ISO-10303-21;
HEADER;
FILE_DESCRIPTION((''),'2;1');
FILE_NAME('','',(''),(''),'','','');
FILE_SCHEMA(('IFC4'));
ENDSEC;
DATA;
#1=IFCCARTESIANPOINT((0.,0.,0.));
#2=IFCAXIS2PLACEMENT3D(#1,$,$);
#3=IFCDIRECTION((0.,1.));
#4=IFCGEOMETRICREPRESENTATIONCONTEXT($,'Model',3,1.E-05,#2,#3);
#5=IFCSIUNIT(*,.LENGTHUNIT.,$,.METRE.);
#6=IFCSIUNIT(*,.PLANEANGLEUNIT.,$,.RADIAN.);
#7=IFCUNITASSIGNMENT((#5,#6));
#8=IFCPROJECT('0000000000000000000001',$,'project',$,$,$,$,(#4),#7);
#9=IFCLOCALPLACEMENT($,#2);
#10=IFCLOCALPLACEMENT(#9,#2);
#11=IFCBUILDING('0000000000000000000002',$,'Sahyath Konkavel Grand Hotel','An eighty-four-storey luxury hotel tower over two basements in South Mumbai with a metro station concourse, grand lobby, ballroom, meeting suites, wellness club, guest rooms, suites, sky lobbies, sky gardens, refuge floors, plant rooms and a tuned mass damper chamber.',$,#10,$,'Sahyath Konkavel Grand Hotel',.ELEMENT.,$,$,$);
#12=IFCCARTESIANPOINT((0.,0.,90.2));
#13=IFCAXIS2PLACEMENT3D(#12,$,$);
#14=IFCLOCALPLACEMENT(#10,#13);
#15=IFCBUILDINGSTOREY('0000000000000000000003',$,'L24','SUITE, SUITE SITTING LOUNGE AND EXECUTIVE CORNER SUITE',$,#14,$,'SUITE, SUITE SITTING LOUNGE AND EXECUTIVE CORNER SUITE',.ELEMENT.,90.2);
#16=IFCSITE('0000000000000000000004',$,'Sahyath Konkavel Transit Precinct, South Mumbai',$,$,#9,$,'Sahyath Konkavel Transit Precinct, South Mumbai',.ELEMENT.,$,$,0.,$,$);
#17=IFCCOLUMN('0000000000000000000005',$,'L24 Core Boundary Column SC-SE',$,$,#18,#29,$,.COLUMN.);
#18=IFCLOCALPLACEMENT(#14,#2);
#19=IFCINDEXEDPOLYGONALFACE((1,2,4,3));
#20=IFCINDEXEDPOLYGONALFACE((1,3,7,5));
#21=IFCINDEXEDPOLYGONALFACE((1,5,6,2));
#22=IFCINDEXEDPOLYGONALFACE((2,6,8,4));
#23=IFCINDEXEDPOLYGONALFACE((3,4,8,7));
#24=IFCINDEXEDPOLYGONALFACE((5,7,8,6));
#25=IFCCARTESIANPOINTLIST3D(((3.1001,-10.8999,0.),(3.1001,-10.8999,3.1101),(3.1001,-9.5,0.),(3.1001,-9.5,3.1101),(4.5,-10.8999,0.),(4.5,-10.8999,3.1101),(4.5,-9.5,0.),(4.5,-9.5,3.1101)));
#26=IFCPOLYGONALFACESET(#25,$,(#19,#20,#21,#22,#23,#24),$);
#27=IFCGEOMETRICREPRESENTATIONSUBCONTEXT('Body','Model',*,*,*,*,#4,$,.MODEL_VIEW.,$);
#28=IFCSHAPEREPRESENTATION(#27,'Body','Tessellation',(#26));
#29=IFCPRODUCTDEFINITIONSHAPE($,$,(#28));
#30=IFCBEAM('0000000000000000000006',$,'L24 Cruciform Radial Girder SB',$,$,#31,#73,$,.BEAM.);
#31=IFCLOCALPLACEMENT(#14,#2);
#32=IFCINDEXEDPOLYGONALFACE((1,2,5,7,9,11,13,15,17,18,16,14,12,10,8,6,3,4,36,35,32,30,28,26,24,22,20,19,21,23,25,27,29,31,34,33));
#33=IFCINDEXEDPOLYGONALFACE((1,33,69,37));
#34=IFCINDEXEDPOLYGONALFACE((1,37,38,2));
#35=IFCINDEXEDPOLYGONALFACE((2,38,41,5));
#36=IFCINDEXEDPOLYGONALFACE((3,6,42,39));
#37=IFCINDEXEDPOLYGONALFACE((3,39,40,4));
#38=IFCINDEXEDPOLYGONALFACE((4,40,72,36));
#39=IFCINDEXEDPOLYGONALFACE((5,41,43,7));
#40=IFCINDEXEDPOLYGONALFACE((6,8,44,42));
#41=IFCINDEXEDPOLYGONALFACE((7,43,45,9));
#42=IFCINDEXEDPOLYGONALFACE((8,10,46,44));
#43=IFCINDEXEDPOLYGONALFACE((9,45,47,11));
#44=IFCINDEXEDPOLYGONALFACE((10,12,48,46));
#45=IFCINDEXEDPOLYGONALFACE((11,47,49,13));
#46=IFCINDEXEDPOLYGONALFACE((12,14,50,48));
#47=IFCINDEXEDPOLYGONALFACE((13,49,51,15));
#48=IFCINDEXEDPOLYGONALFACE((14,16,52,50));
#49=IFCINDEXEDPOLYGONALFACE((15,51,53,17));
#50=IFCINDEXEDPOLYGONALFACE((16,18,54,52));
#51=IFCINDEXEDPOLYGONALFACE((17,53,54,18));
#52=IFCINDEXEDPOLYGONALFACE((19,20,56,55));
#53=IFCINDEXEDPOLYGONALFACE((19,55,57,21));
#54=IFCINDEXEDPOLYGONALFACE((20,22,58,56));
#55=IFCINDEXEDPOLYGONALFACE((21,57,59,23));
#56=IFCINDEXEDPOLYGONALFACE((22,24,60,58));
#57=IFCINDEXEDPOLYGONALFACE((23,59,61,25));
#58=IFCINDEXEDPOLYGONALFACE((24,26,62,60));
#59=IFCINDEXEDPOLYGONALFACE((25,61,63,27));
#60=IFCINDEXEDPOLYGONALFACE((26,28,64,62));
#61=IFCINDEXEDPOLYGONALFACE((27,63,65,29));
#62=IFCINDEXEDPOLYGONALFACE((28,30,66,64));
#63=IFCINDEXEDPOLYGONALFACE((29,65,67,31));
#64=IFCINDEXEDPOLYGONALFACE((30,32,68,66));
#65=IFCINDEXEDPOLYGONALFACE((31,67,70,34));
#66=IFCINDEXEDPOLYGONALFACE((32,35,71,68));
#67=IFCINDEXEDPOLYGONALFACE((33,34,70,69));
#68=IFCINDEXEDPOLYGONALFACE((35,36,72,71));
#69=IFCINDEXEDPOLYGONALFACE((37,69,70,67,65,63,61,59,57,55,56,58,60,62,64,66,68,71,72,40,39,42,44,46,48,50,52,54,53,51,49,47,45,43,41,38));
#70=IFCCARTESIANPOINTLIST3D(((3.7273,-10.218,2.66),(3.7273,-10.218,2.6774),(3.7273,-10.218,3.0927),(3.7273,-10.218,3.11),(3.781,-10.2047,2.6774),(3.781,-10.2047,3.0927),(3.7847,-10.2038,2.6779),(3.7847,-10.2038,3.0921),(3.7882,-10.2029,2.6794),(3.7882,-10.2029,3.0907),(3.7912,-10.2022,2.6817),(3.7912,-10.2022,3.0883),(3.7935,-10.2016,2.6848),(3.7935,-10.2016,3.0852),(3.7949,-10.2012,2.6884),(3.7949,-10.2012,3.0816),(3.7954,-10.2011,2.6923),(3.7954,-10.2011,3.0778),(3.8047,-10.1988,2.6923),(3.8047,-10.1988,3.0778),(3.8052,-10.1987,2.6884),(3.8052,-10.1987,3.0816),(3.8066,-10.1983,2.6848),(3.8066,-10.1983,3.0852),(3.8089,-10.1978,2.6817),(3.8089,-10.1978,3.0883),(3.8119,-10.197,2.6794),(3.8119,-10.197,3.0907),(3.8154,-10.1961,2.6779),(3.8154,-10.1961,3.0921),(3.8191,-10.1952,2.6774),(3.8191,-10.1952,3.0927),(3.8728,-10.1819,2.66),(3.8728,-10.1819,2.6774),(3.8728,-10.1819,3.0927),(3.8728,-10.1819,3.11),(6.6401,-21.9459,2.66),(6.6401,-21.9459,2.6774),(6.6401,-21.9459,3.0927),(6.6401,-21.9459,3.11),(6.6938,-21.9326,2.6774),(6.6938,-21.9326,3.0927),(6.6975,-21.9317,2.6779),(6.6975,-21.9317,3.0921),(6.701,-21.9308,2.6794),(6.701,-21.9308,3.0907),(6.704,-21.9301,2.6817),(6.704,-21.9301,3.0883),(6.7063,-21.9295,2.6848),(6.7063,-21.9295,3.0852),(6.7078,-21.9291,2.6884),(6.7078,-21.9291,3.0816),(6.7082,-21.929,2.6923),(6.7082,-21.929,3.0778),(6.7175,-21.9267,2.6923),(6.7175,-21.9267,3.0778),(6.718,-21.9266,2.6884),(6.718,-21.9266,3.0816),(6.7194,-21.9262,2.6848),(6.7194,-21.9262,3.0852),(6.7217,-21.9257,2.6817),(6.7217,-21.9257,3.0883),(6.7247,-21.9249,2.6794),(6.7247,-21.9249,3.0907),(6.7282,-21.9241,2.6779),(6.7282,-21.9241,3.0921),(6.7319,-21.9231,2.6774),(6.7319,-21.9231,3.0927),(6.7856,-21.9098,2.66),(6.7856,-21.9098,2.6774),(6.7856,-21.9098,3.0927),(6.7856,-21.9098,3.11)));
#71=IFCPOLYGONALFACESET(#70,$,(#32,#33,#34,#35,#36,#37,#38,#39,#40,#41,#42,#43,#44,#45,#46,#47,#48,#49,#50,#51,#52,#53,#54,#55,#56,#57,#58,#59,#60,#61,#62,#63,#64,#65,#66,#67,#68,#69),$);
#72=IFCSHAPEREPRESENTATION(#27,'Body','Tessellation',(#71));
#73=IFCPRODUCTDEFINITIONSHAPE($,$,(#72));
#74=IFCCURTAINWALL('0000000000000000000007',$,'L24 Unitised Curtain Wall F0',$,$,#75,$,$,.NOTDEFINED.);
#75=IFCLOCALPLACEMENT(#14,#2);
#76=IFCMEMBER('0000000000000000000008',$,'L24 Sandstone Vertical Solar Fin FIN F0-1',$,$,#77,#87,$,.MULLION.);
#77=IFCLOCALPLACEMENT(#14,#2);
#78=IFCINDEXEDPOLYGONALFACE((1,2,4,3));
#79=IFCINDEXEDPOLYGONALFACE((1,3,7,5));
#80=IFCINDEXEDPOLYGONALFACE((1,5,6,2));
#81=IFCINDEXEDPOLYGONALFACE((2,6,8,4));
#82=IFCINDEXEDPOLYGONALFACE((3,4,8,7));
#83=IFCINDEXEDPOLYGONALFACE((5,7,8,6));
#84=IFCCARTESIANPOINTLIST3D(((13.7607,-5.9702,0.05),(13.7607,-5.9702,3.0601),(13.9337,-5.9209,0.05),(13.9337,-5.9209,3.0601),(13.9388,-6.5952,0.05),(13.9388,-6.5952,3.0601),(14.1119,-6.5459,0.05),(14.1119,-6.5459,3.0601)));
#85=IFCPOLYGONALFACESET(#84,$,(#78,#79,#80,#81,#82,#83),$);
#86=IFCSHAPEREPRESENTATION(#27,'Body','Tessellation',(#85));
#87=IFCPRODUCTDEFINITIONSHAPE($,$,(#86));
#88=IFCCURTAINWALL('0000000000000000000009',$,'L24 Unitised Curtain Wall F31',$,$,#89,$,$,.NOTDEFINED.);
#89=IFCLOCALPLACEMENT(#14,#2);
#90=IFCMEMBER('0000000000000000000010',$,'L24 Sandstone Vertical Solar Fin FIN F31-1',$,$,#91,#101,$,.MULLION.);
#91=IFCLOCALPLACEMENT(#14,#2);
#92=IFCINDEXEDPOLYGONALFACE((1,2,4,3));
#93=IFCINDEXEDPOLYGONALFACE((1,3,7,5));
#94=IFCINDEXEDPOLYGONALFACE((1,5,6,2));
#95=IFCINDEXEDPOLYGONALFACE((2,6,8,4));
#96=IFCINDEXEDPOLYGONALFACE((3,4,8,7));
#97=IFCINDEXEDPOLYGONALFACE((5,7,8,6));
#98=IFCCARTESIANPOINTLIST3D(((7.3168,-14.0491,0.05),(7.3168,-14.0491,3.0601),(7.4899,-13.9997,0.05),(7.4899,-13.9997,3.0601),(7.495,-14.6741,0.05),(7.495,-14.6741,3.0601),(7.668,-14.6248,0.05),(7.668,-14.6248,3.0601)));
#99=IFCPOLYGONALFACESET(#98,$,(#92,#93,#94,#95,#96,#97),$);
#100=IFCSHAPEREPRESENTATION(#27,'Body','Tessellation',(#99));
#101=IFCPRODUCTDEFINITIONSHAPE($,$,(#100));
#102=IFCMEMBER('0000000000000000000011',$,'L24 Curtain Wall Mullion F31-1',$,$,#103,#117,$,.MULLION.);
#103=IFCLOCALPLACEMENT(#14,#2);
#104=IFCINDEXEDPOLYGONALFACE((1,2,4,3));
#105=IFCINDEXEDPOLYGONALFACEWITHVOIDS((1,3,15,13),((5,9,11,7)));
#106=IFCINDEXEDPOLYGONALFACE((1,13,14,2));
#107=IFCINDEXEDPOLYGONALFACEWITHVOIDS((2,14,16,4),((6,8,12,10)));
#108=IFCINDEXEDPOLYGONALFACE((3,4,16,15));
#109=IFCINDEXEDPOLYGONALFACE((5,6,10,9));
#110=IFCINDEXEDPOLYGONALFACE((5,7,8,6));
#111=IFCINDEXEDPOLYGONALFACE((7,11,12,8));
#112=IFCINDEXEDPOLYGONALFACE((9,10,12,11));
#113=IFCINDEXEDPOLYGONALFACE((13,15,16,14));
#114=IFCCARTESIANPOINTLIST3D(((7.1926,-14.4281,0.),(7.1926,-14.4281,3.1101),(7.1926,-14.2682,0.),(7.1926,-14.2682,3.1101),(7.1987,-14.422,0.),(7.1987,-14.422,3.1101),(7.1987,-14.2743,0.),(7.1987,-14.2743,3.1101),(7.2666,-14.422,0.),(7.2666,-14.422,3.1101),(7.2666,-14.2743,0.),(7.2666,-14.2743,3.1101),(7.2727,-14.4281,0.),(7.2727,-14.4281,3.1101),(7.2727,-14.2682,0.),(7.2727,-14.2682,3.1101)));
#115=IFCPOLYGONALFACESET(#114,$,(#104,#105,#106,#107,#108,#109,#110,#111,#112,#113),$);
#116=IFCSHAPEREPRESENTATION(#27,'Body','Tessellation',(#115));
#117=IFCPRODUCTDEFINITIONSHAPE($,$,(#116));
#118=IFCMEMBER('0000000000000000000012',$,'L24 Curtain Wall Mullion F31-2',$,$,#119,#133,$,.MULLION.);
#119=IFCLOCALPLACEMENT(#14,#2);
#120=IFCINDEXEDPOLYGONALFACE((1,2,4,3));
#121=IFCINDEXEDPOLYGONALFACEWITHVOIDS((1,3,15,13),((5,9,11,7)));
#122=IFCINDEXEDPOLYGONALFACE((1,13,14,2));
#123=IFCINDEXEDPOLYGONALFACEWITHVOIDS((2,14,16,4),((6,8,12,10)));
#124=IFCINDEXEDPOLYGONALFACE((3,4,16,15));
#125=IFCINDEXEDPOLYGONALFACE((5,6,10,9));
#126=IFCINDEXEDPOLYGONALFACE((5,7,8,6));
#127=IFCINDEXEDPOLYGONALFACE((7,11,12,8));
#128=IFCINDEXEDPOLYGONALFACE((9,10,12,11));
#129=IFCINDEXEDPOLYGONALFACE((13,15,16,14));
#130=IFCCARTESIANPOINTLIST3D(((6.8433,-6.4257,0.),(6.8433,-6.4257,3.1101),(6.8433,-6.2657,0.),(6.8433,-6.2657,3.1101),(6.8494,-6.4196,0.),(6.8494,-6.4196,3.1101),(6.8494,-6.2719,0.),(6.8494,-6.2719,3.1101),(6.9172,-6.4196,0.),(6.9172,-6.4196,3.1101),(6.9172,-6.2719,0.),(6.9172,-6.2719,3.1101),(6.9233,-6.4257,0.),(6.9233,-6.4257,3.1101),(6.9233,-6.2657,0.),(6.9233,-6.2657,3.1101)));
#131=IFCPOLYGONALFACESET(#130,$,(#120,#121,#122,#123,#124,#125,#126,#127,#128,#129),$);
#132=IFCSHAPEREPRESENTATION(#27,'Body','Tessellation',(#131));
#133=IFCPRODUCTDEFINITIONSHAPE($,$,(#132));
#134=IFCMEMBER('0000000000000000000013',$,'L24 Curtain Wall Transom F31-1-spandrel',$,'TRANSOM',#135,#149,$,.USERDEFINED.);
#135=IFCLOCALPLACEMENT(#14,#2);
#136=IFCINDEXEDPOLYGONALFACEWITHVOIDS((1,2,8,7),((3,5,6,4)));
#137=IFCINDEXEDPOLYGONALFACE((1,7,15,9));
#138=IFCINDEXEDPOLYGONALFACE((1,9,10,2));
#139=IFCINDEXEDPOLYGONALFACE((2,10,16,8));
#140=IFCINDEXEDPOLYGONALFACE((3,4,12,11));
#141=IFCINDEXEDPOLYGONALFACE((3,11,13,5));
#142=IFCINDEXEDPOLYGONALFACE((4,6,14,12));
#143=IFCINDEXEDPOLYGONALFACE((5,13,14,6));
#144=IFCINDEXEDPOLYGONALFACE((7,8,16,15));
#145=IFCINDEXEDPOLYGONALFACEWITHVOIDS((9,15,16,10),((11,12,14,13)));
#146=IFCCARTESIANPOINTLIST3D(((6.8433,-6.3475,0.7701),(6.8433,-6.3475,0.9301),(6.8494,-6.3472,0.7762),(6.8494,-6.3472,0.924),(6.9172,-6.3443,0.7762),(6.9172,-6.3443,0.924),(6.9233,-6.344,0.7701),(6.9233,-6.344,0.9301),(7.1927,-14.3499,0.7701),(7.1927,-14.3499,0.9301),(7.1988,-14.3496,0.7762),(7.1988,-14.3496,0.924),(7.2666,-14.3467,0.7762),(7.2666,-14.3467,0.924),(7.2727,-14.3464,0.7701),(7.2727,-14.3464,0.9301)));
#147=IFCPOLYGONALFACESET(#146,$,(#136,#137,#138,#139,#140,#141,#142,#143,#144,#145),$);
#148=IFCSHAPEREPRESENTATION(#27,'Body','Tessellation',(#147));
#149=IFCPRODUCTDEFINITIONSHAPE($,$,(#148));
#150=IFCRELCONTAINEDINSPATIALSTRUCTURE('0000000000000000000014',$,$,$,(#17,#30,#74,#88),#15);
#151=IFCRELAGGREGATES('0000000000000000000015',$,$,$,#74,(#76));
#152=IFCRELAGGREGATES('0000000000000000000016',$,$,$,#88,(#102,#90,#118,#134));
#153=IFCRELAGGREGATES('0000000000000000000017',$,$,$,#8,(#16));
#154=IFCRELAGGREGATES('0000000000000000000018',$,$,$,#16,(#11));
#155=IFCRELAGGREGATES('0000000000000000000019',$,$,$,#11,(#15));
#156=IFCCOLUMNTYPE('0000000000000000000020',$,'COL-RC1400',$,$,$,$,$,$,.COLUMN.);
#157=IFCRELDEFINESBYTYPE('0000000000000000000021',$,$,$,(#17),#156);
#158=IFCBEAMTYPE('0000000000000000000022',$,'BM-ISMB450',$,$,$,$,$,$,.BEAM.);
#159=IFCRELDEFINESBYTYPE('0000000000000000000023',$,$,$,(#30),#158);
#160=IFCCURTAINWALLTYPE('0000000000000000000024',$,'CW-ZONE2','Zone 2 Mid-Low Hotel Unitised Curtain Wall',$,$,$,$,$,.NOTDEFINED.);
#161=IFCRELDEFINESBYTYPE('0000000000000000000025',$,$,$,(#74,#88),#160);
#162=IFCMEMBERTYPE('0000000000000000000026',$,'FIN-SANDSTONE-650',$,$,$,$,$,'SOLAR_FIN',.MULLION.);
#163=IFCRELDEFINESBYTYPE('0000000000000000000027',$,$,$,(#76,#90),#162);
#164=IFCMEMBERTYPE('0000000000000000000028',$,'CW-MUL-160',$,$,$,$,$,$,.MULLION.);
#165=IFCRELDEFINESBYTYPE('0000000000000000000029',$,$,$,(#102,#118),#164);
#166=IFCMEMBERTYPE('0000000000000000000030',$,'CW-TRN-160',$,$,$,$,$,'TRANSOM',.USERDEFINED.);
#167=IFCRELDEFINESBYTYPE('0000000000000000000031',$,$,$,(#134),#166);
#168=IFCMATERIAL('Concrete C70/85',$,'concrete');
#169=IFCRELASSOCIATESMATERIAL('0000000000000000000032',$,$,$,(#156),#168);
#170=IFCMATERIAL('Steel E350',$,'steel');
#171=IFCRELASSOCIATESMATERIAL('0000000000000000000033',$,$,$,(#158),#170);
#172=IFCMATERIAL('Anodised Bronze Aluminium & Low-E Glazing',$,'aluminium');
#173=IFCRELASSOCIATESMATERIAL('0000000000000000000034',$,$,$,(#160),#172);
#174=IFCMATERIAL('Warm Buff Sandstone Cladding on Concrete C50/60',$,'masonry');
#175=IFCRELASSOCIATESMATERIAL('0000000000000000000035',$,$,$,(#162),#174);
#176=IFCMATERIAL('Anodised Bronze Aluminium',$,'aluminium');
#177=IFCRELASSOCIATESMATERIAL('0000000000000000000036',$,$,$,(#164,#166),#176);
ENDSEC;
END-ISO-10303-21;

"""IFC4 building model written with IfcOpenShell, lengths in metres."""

from ifc_helpers import new_model, si_unit, direction, frame, origin, origin_2d, place, context, subcontext, project, spatial, rectangle, hollow_rectangle, i_section, extrude, source, transform, mapped, material, material_profile, profile_set, type_object, element, aggregate, save


model = new_model("IFC4")

# Units and contexts
model_context = context("Model", 3, precision=1e-05, world=origin(), true_north=direction((0.0, 1.0)))
body_context = subcontext(model_context, "Body", "Model", "MODEL_VIEW")
ifc_project = project(units=[si_unit("LENGTHUNIT", "METRE"), si_unit("PLANEANGLEUNIT", "RADIAN")], contexts=[model_context])

# Site, building, storey
site_placement = place(None, origin())
site = spatial("IfcSite", under=ifc_project, at=site_placement, Name="Sahyath Konkavel Transit Precinct, South Mumbai", LongName="Sahyath Konkavel Transit Precinct, South Mumbai", CompositionType="ELEMENT", RefElevation=0.0)
building_placement = place(site_placement, origin())
building = spatial("IfcBuilding", under=site, at=building_placement, Name="Sahyath Konkavel Grand Hotel", Description="An eighty-four-storey luxury hotel tower over two basements in South Mumbai with a metro station concourse, grand lobby, ballroom, meeting suites, wellness club, guest rooms, suites, sky lobbies, sky gardens, refuge floors, plant rooms and a tuned mass damper chamber.", LongName="Sahyath Konkavel Grand Hotel", CompositionType="ELEMENT")
storey_placement = place(building_placement, frame((0.0, 0.0, 90.2)))
storey = spatial("IfcBuildingStorey", under=building, at=storey_placement, Name="L24", Description="SUITE, SUITE SITTING LOUNGE AND EXECUTIVE CORNER SUITE", LongName="SUITE, SUITE SITTING LOUNGE AND EXECUTIVE CORNER SUITE", CompositionType="ELEMENT", Elevation=90.2)

# Column
ifc_material_1 = material(Name="Concrete C70/85", Category="concrete")
ifc_material_profile_1 = material_profile(ifc_material_1, rectangle(XDim=1.3999, YDim=1.3999, at=origin_2d()), Name="RC 1400x1400")
ifc_profile_set_1 = profile_set([ifc_material_profile_1], Name="Concrete C70/85")
column_type = type_object("IfcColumnType", Name="COL-RC1400", PredefinedType="COLUMN", material=ifc_profile_set_1)
shared_shape_1 = source(origin(), body_context, "Body", "SweptSolid", [
    extrude(rectangle(XDim=1.3999, YDim=1.3999, at=origin_2d()), origin(), (0.0, 0.0, 1.0), 3.1101),
])
column_placement = place(storey_placement, frame((3.8, -10.2, 0.0), z_axis=(0.0, 0.0, 1.0), x_axis=(1.0, 0.0, 0.0)))
element("IfcColumn", 1, at=column_placement, inside=storey, type_object=column_type, Name="L24 Core Boundary Column SC-SE", PredefinedType="COLUMN", context=body_context, shape_type="MappedRepresentation", body=[
    mapped(shared_shape_1, transform((0.0, 0.0, 0.0), scale=1.0)),
])

# Beam
ifc_material_2 = material(Name="Steel E350", Category="steel")
ifc_material_profile_2 = material_profile(ifc_material_2, i_section(OverallWidth=0.1499, OverallDepth=0.45, WebThickness=0.0095, FlangeThickness=0.0173, FilletRadius=0.0149, at=origin_2d()), Name="ISMB 450")
ifc_profile_set_2 = profile_set([ifc_material_profile_2], Name="Steel E350")
beam_type_1 = type_object("IfcBeamType", Name="BM-ISMB450", PredefinedType="BEAM", material=ifc_profile_set_2)
shared_shape_2 = source(origin(), body_context, "Body", "SweptSolid", [
    extrude(i_section(OverallWidth=0.1499, OverallDepth=0.45, WebThickness=0.0095, FlangeThickness=0.0173, FilletRadius=0.0149, at=origin_2d()), origin(), (0.0, 0.0, 1.0), 12.0842),
])
beam_1_placement = place(storey_placement, frame((3.8, -10.2, 2.885), z_axis=(0.241043, -0.970515, 0.0), x_axis=(0.970515, 0.241043, 0.0)))
element("IfcBeam", 2, at=beam_1_placement, inside=storey, type_object=beam_type_1, Name="L24 Cruciform Radial Girder SB", PredefinedType="BEAM", context=body_context, shape_type="MappedRepresentation", body=[
    mapped(shared_shape_2, transform((0.0, 0.0, 0.0), scale=1.0)),
])

# Curtain wall, member
ifc_material_3 = material(Name="Anodised Bronze Aluminium & Low-E Glazing", Category="aluminium")
curtain_wall_type = type_object("IfcCurtainWallType", Name="CW-ZONE2", Description="Zone 2 Mid-Low Hotel Unitised Curtain Wall", PredefinedType="NOTDEFINED", material=ifc_material_3)
curtain_wall_1_placement = place(storey_placement, origin())
curtain_wall_1 = element("IfcCurtainWall", 3, at=curtain_wall_1_placement, inside=storey, type_object=curtain_wall_type, Name="L24 Unitised Curtain Wall F0", PredefinedType="NOTDEFINED")
ifc_material_4 = material(Name="Warm Buff Sandstone Cladding on Concrete C50/60", Category="masonry")
ifc_material_profile_3 = material_profile(ifc_material_4, rectangle(XDim=0.1799, YDim=0.6499, at=origin_2d()), Name="FIN 180x650")
ifc_profile_set_3 = profile_set([ifc_material_profile_3], Name="Warm Buff Sandstone Cladding on Concrete C50/60")
member_type_1 = type_object("IfcMemberType", Name="FIN-SANDSTONE-650", ElementType="SOLAR_FIN", PredefinedType="MULLION", material=ifc_profile_set_3)
shared_shape_3 = source(origin(), body_context, "Body", "SweptSolid", [
    extrude(rectangle(XDim=0.1799, YDim=0.6499, at=origin_2d()), origin(), (0.0, 0.0, 1.0), 3.01),
])
member_1_placement = place(storey_placement, frame((13.9363, -6.2581, 0.05), z_axis=(0.0, 0.0, 1.0), x_axis=(0.961693, 0.274127, 0.0)))
member_1 = element("IfcMember", 4, at=member_1_placement, type_object=member_type_1, Name="L24 Sandstone Vertical Solar Fin FIN F0-1", PredefinedType="MULLION", context=body_context, shape_type="MappedRepresentation", body=[
    mapped(shared_shape_3, transform((0.0, 0.0, 0.0), scale=1.0)),
])
aggregate(curtain_wall_1, [member_1])

# Curtain wall, members
curtain_wall_2_placement = place(storey_placement, origin())
curtain_wall_2 = element("IfcCurtainWall", 5, at=curtain_wall_2_placement, inside=storey, type_object=curtain_wall_type, Name="L24 Unitised Curtain Wall F31", PredefinedType="NOTDEFINED")
member_2_placement = place(storey_placement, frame((7.4924, -14.3369, 0.05), z_axis=(0.0, 0.0, 1.0), x_axis=(0.961693, 0.274127, 0.0)))
member_2 = element("IfcMember", 6, at=member_2_placement, type_object=member_type_1, Name="L24 Sandstone Vertical Solar Fin FIN F31-1", PredefinedType="MULLION", context=body_context, shape_type="MappedRepresentation", body=[
    mapped(shared_shape_3, transform((0.0, 0.0, 0.0), scale=1.0)),
])
ifc_material_5 = material(Name="Anodised Bronze Aluminium", Category="aluminium")
ifc_material_profile_4 = material_profile(ifc_material_5, hollow_rectangle(XDim=0.0801, YDim=0.1599, WallThickness=0.0061, at=origin_2d()), Name="RHS 160x80x6")
ifc_profile_set_4 = profile_set([ifc_material_profile_4], Name="Anodised Bronze Aluminium")
member_type_2 = type_object("IfcMemberType", Name="CW-MUL-160", PredefinedType="MULLION", material=ifc_profile_set_4)
shared_shape_4 = source(origin(), body_context, "Body", "SweptSolid", [
    extrude(hollow_rectangle(XDim=0.0801, YDim=0.1599, WallThickness=0.0061, at=origin_2d()), origin(), (0.0, 0.0, 1.0), 3.1101),
])
member_3_placement = place(storey_placement, frame((7.2327, -14.3481, 0.0), z_axis=(0.0, 0.0, 1.0), x_axis=(1.0, 0.0, 0.0)))
member_3 = element("IfcMember", 7, at=member_3_placement, type_object=member_type_2, Name="L24 Curtain Wall Mullion F31-1", PredefinedType="MULLION", context=body_context, shape_type="MappedRepresentation", body=[
    mapped(shared_shape_4, transform((0.0, 0.0, 0.0), scale=1.0)),
])
member_4_placement = place(storey_placement, frame((6.8833, -6.3457, 0.0), z_axis=(0.0, 0.0, 1.0), x_axis=(1.0, 0.0, 0.0)))
member_4 = element("IfcMember", 8, at=member_4_placement, type_object=member_type_2, Name="L24 Curtain Wall Mullion F31-2", PredefinedType="MULLION", context=body_context, shape_type="MappedRepresentation", body=[
    mapped(shared_shape_4, transform((0.0, 0.0, 0.0), scale=1.0)),
])
ifc_material_profile_5 = material_profile(ifc_material_5, hollow_rectangle(XDim=0.0801, YDim=0.1599, WallThickness=0.0061, at=origin_2d()), Name="RHS 160x80x6")
ifc_profile_set_5 = profile_set([ifc_material_profile_5], Name="Anodised Bronze Aluminium")
member_type_3 = type_object("IfcMemberType", Name="CW-TRN-160", ElementType="TRANSOM", PredefinedType="USERDEFINED", material=ifc_profile_set_5)
shared_shape_5 = source(origin(), body_context, "Body", "SweptSolid", [
    extrude(hollow_rectangle(XDim=0.0801, YDim=0.1599, WallThickness=0.0061, at=origin_2d()), origin(), (0.0, 0.0, 1.0), 8.01),
])
member_5_placement = place(storey_placement, frame((7.2327, -14.3481, 0.8501), z_axis=(-0.043616, 0.999048, 0.0), x_axis=(-0.999048, -0.043616, 0.0)))
member_5 = element("IfcMember", 9, at=member_5_placement, type_object=member_type_3, Name="L24 Curtain Wall Transom F31-1-spandrel", ObjectType="TRANSOM", PredefinedType="USERDEFINED", context=body_context, shape_type="MappedRepresentation", body=[
    mapped(shared_shape_5, transform((0.0, 0.0, 0.0), scale=1.0)),
])

aggregate(curtain_wall_2, [member_3, member_2, member_4, member_5])

save(model, "model.ifc")
